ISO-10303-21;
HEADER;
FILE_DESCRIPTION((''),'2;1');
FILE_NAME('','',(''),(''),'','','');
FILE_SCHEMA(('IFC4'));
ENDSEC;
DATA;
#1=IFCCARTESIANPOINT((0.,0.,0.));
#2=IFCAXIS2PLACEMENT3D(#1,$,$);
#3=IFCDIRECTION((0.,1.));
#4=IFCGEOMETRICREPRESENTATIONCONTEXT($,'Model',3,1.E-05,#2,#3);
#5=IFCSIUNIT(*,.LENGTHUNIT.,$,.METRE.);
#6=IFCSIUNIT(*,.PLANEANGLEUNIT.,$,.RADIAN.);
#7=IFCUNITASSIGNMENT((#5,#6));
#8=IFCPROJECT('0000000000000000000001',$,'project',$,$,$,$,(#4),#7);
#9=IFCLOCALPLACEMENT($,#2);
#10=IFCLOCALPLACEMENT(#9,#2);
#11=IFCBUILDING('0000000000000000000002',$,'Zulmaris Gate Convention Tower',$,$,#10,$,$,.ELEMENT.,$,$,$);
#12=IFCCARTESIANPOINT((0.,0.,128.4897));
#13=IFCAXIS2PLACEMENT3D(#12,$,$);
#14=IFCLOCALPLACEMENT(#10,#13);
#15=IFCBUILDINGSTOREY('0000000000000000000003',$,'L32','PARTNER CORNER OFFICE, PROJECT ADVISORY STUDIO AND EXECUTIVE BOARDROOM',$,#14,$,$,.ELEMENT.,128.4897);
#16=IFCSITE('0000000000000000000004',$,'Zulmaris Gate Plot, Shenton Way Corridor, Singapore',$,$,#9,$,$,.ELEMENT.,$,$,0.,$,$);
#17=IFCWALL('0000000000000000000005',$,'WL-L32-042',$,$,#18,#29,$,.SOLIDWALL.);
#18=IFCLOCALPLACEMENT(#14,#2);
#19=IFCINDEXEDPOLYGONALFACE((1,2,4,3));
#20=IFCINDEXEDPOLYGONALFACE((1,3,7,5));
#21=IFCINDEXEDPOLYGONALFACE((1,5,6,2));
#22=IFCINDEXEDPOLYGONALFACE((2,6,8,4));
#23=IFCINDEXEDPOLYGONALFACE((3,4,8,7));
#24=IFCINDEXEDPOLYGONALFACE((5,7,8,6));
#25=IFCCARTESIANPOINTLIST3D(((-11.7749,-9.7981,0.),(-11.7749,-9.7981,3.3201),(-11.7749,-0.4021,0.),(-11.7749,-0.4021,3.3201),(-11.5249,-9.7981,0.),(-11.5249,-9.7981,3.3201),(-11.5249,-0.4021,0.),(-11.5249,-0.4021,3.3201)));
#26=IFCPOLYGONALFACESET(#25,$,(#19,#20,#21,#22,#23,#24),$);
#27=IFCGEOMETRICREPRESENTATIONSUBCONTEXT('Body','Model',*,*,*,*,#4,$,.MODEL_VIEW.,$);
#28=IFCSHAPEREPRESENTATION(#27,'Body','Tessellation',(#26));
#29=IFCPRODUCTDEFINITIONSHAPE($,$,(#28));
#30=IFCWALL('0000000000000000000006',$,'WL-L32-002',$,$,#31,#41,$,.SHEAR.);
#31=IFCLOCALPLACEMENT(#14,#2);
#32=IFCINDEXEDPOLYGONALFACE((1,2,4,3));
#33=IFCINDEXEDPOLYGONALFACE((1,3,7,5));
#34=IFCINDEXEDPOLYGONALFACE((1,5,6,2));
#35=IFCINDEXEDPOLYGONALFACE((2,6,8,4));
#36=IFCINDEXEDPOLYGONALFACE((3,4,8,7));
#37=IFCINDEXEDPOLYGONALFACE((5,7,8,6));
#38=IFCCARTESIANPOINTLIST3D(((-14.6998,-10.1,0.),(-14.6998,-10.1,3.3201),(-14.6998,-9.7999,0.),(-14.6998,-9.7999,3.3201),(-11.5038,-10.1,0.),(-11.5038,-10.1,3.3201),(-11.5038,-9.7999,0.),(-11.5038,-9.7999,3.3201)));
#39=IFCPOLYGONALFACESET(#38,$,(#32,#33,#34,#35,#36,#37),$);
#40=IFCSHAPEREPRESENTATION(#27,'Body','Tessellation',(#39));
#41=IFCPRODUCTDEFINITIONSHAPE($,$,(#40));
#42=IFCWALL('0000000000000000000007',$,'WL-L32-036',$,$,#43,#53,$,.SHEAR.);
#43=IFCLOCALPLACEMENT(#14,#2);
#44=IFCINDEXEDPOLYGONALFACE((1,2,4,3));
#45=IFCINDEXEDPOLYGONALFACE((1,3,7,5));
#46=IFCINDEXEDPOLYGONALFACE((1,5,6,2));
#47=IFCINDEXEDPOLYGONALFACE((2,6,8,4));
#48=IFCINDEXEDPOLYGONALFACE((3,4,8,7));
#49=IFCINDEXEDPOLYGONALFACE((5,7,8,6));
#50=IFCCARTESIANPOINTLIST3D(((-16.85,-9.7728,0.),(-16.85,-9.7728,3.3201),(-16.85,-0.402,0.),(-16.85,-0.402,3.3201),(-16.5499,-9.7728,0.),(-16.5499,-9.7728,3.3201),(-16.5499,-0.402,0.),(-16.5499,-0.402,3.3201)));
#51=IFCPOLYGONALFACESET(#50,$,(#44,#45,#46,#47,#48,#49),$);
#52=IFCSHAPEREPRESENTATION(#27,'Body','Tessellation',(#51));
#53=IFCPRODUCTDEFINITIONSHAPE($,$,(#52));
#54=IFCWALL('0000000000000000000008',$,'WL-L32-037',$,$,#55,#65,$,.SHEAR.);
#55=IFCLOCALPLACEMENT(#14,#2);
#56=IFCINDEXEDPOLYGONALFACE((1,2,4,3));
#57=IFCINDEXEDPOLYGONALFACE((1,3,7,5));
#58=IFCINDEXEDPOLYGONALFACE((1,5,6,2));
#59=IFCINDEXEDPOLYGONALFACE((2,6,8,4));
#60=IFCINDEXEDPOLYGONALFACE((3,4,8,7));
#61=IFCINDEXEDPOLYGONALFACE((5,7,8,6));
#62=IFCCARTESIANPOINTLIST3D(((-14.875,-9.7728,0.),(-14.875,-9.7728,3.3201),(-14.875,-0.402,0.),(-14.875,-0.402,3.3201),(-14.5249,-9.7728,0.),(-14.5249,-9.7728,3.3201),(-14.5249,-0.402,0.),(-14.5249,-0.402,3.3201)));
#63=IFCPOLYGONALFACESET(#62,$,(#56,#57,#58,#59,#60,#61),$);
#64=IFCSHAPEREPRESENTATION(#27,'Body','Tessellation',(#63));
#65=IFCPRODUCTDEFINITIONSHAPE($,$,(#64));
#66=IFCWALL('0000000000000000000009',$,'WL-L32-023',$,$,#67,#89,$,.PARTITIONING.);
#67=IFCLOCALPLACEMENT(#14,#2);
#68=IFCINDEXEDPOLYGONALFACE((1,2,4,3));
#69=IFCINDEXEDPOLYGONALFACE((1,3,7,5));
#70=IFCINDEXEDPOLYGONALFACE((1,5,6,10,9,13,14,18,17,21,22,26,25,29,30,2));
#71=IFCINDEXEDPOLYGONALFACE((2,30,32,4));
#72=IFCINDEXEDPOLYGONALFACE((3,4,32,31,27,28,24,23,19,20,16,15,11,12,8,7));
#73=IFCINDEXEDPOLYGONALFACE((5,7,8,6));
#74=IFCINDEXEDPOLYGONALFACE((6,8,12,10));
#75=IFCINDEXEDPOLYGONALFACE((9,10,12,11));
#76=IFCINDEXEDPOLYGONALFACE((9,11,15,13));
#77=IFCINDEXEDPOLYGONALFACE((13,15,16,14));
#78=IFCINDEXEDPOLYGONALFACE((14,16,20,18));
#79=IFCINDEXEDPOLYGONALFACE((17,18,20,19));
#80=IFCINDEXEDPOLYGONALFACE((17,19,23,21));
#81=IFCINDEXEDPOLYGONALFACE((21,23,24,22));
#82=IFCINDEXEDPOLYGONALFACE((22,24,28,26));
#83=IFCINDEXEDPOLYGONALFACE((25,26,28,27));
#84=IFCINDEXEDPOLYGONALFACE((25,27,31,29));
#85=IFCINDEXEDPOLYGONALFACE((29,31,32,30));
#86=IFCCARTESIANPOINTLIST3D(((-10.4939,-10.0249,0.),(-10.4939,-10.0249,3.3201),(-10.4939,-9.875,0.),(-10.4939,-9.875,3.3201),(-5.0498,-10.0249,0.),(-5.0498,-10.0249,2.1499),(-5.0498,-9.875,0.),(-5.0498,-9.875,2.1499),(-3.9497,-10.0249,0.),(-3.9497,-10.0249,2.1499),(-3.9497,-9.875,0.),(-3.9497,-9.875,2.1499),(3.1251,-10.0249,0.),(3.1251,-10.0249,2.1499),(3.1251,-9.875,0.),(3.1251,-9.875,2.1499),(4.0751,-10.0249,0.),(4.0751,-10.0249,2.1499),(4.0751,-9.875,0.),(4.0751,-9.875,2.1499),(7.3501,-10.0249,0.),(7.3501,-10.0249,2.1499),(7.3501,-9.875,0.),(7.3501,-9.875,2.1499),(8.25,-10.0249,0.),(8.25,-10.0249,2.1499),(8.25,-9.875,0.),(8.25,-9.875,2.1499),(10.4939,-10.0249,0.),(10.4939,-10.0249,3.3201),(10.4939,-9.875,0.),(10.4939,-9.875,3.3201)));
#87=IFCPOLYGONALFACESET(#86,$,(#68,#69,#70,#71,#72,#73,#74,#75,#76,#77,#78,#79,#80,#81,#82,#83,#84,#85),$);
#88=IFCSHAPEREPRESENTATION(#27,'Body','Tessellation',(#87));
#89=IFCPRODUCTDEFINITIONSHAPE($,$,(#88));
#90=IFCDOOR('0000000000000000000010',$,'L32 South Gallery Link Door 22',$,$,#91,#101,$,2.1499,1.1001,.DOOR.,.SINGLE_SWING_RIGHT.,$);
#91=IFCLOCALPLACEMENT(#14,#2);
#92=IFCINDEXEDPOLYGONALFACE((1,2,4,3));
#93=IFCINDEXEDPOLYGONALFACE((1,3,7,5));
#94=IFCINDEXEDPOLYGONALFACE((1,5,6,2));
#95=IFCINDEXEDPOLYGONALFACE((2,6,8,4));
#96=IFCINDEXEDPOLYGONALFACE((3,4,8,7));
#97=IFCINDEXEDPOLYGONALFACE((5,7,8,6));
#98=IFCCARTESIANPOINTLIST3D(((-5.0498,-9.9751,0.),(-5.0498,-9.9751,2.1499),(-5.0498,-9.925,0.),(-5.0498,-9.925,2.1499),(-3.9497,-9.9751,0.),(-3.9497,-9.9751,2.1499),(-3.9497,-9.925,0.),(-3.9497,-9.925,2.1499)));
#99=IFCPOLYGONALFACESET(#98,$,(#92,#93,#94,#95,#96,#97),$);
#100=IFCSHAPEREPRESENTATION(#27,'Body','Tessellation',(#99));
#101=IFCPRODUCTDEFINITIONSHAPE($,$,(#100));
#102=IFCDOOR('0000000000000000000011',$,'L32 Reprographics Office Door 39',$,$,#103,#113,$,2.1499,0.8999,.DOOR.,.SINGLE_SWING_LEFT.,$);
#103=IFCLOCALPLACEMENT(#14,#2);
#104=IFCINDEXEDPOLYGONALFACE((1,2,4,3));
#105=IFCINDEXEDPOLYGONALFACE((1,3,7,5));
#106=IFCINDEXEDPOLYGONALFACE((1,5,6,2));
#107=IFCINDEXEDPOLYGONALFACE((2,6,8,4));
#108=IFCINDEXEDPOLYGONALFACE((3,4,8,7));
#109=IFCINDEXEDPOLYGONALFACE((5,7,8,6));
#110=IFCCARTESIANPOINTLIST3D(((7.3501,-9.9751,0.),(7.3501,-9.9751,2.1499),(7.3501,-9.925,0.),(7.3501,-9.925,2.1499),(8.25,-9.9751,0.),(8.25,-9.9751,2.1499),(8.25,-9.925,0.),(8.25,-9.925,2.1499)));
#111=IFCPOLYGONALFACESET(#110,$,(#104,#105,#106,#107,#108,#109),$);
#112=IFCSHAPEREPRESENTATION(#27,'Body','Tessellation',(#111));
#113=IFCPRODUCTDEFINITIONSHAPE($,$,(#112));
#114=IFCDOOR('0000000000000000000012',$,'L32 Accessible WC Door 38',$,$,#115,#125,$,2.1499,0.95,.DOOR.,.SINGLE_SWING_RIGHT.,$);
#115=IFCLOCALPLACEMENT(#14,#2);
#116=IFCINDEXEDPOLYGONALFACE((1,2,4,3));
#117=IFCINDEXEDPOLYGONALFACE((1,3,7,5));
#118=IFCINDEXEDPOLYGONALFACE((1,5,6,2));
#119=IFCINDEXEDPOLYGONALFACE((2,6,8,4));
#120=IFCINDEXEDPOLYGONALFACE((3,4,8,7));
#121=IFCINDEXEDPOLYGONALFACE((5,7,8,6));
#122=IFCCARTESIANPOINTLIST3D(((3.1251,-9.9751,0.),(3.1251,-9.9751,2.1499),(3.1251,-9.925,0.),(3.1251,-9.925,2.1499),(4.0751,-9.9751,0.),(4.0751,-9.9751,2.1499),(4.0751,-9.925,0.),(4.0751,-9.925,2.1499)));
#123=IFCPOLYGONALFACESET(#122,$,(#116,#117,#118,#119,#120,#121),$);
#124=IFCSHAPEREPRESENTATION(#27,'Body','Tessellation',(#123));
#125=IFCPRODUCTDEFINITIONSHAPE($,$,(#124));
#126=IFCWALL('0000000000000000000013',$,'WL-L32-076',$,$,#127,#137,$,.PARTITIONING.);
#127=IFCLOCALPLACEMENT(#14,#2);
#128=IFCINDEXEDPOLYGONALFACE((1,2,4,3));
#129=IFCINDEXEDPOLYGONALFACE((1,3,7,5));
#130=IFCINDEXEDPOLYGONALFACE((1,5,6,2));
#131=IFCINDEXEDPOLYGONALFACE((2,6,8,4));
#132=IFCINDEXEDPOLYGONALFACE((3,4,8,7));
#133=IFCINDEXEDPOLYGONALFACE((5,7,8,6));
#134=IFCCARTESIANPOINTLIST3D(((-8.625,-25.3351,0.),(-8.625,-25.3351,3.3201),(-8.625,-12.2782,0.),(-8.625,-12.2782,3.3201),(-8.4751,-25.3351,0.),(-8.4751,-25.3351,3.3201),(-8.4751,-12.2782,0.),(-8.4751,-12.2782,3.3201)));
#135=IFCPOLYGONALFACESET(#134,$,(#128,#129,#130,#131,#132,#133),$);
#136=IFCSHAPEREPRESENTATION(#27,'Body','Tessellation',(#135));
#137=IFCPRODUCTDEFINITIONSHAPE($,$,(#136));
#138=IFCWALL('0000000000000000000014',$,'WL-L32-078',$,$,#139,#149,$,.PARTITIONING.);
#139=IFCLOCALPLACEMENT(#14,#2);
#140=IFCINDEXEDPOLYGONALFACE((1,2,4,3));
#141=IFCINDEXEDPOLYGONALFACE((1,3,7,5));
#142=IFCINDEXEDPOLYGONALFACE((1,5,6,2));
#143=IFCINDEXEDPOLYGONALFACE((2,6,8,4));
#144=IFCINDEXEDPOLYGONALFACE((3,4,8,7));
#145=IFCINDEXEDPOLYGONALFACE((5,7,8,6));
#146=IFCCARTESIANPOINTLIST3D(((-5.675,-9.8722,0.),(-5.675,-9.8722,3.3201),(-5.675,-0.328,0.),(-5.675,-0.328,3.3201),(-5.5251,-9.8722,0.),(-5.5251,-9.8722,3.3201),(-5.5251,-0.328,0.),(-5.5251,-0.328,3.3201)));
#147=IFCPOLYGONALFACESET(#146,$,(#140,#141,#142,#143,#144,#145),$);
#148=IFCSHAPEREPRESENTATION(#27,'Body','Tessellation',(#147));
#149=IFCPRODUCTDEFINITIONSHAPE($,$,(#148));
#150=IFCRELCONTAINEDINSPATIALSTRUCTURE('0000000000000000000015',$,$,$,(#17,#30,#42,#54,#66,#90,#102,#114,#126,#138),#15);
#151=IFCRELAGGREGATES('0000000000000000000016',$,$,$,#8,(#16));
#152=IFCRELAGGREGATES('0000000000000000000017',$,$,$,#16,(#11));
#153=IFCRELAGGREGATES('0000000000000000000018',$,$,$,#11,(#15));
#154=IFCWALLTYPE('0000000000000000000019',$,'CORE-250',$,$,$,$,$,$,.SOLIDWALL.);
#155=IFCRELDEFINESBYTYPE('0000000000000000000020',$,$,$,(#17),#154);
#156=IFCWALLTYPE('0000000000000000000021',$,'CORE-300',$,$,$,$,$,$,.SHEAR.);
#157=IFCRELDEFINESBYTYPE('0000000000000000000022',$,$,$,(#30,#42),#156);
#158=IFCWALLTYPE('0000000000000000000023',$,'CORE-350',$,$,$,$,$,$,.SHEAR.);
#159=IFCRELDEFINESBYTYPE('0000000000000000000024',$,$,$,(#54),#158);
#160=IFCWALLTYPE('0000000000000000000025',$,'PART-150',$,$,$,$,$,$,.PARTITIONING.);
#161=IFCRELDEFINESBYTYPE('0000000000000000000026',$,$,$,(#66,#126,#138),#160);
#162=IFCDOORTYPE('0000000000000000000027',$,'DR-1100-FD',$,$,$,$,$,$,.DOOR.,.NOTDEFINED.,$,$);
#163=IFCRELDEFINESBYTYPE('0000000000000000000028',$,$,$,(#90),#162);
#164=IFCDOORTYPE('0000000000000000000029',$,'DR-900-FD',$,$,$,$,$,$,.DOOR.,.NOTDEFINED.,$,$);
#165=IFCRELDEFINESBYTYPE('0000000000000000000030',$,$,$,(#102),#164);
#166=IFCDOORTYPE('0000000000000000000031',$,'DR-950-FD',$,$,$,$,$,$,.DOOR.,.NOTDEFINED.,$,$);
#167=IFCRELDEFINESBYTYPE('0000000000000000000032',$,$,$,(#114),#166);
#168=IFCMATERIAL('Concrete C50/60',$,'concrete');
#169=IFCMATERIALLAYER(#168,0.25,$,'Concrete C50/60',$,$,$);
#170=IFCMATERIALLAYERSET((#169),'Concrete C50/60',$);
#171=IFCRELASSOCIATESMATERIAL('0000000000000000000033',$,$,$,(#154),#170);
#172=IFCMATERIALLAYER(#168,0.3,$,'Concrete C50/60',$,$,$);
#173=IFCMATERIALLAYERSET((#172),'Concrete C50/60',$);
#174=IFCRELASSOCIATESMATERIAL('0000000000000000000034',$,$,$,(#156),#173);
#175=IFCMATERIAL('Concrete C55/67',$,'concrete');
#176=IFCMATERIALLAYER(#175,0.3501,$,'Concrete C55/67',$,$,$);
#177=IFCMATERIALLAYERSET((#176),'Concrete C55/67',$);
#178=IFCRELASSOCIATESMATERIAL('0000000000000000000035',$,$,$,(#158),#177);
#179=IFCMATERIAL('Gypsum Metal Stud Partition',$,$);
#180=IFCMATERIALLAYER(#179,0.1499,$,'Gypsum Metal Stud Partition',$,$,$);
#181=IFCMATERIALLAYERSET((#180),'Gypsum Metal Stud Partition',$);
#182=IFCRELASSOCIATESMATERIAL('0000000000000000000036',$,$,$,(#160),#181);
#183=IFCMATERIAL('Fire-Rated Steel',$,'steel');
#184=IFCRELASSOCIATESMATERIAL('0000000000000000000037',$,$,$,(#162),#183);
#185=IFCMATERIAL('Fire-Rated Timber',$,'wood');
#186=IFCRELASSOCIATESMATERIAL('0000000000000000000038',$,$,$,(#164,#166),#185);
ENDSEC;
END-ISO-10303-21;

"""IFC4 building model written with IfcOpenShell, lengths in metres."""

from ifc_helpers import new_model, si_unit, direction, frame, frame_2d, origin, place, context, subcontext, project, spatial, rectangle, extrude, material, layer, layer_set, type_object, element, fill, save


model = new_model("IFC4")

# Units and contexts
model_context = context("Model", 3, precision=1e-05, world=origin(), true_north=direction((0.0, 1.0)))
body_context = subcontext(model_context, "Body", "Model", "MODEL_VIEW")
ifc_project = project(units=[si_unit("LENGTHUNIT", "METRE"), si_unit("PLANEANGLEUNIT", "RADIAN")], contexts=[model_context])

# Site, building, storey
site_placement = place(None, origin())
site = spatial("IfcSite", under=ifc_project, at=site_placement, Name="Zulmaris Gate Plot, Shenton Way Corridor, Singapore", CompositionType="ELEMENT", RefElevation=0.0)
building_placement = place(site_placement, origin())
building = spatial("IfcBuilding", under=site, at=building_placement, Name="Zulmaris Gate Convention Tower", CompositionType="ELEMENT")
storey_placement = place(building_placement, frame((0.0, 0.0, 128.4897)))
storey = spatial("IfcBuildingStorey", under=building, at=storey_placement, Name="L32", Description="PARTNER CORNER OFFICE, PROJECT ADVISORY STUDIO AND EXECUTIVE BOARDROOM", CompositionType="ELEMENT", Elevation=128.4897)

# Walls
ifc_material_1 = material(Name="Concrete C50/60", Category="concrete")
ifc_layer_1 = layer(ifc_material_1, 0.25, Name="Concrete C50/60")
ifc_layer_set_1 = layer_set([ifc_layer_1], Name="Concrete C50/60")
wall_type_1 = type_object("IfcWallType", Name="CORE-250", PredefinedType="SOLIDWALL", material=ifc_layer_set_1)
wall_1_placement = place(storey_placement, frame((-11.6499, -9.7981, 0.0), z_axis=(0.0, 0.0, 1.0), x_axis=(0.0, 1.0, 0.0)))
element("IfcWall", 1, at=wall_1_placement, inside=storey, type_object=wall_type_1, Name="WL-L32-042", PredefinedType="SOLIDWALL", context=body_context, shape_type="SweptSolid", body=[
    extrude(rectangle(XDim=9.396, YDim=0.25, at=frame_2d((4.698, 0.0))), origin(), (0.0, 0.0, 1.0), 3.3201),
])
ifc_layer_2 = layer(ifc_material_1, 0.3, Name="Concrete C50/60")
ifc_layer_set_2 = layer_set([ifc_layer_2], Name="Concrete C50/60")
wall_type_2 = type_object("IfcWallType", Name="CORE-300", PredefinedType="SHEAR", material=ifc_layer_set_2)
wall_2_placement = place(storey_placement, frame((-14.7, -9.95, 0.0), z_axis=(0.0, 0.0, 1.0), x_axis=(1.0, 0.0, 0.0)))
element("IfcWall", 2, at=wall_2_placement, inside=storey, type_object=wall_type_2, Name="WL-L32-002", PredefinedType="SHEAR", context=body_context, shape_type="SweptSolid", body=[
    extrude(rectangle(XDim=3.196, YDim=0.3, at=frame_2d((1.5981, 0.0))), origin(), (0.0, 0.0, 1.0), 3.3201),
])
wall_3_placement = place(storey_placement, frame((-16.7, -9.7729, 0.0), z_axis=(0.0, 0.0, 1.0), x_axis=(0.0, 1.0, 0.0)))
element("IfcWall", 3, at=wall_3_placement, inside=storey, type_object=wall_type_2, Name="WL-L32-036", PredefinedType="SHEAR", context=body_context, shape_type="SweptSolid", body=[
    extrude(rectangle(XDim=9.3708, YDim=0.3, at=frame_2d((4.6855, 0.0))), origin(), (0.0, 0.0, 1.0), 3.3201),
])
ifc_material_2 = material(Name="Concrete C55/67", Category="concrete")
ifc_layer_3 = layer(ifc_material_2, 0.3501, Name="Concrete C55/67")
ifc_layer_set_3 = layer_set([ifc_layer_3], Name="Concrete C55/67")
wall_type_3 = type_object("IfcWallType", Name="CORE-350", PredefinedType="SHEAR", material=ifc_layer_set_3)
wall_4_placement = place(storey_placement, frame((-14.7, -9.7729, 0.0), z_axis=(0.0, 0.0, 1.0), x_axis=(0.0, 1.0, 0.0)))
element("IfcWall", 4, at=wall_4_placement, inside=storey, type_object=wall_type_3, Name="WL-L32-037", PredefinedType="SHEAR", context=body_context, shape_type="SweptSolid", body=[
    extrude(rectangle(XDim=9.3708, YDim=0.3501, at=frame_2d((4.6855, 0.0))), origin(), (0.0, 0.0, 1.0), 3.3201),
])

# Wall, openings, doors
ifc_material_3 = material(Name="Gypsum Metal Stud Partition")
ifc_layer_4 = layer(ifc_material_3, 0.1499, Name="Gypsum Metal Stud Partition")
ifc_layer_set_4 = layer_set([ifc_layer_4], Name="Gypsum Metal Stud Partition")
wall_type_4 = type_object("IfcWallType", Name="PART-150", PredefinedType="PARTITIONING", material=ifc_layer_set_4)
wall_5_placement = place(storey_placement, frame((-10.4939, -9.95, 0.0), z_axis=(0.0, 0.0, 1.0), x_axis=(1.0, 0.0, 0.0)))
wall_5 = element("IfcWall", 5, at=wall_5_placement, inside=storey, type_object=wall_type_4, Name="WL-L32-023", PredefinedType="PARTITIONING", context=body_context, shape_type="SweptSolid", body=[
    extrude(rectangle(XDim=20.9878, YDim=0.1499, at=frame_2d((10.4939, 0.0))), origin(), (0.0, 0.0, 1.0), 3.3201),
])
opening_1_placement = place(wall_5_placement, frame((5.4441, 0.0, 0.0)))
opening_1 = element("IfcOpeningElement", 6, at=opening_1_placement, cuts=wall_5, PredefinedType="OPENING", context=body_context, shape_type="SweptSolid", body=[
    extrude(rectangle(XDim=1.1001, YDim=2.1499, at=frame_2d((0.55, 1.075))), frame((0.0, 0.085, 0.0), z_axis=(0.0, -1.0, 0.0), x_axis=(1.0, 0.0, 0.0)), (0.0, 0.0, 1.0), 0.1699),
])
opening_2_placement = place(wall_5_placement, frame((13.6189, 0.0, 0.0)))
opening_2 = element("IfcOpeningElement", 7, at=opening_2_placement, cuts=wall_5, PredefinedType="OPENING", context=body_context, shape_type="SweptSolid", body=[
    extrude(rectangle(XDim=0.95, YDim=2.1499, at=frame_2d((0.4751, 1.075))), frame((0.0, 0.085, 0.0), z_axis=(0.0, -1.0, 0.0), x_axis=(1.0, 0.0, 0.0)), (0.0, 0.0, 1.0), 0.1699),
])
opening_3_placement = place(wall_5_placement, frame((17.844, 0.0, 0.0)))
opening_3 = element("IfcOpeningElement", 8, at=opening_3_placement, cuts=wall_5, PredefinedType="OPENING", context=body_context, shape_type="SweptSolid", body=[
    extrude(rectangle(XDim=0.8999, YDim=2.1499, at=frame_2d((0.45, 1.075))), frame((0.0, 0.085, 0.0), z_axis=(0.0, -1.0, 0.0), x_axis=(1.0, 0.0, 0.0)), (0.0, 0.0, 1.0), 0.1699),
])
ifc_material_4 = material(Name="Fire-Rated Steel", Category="steel")
door_type_1 = type_object("IfcDoorType", Name="DR-1100-FD", OperationType="NOTDEFINED", PredefinedType="DOOR", material=ifc_material_4)
door_1_placement = place(opening_1_placement, origin())
door_1 = element("IfcDoor", 9, at=door_1_placement, inside=storey, type_object=door_type_1, Name="L32 South Gallery Link Door 22", OperationType="SINGLE_SWING_RIGHT", OverallHeight=2.1499, OverallWidth=1.1001, PredefinedType="DOOR", context=body_context, shape_type="SweptSolid", body=[
    extrude(rectangle(XDim=1.1001, YDim=2.1499, at=frame_2d((0.55, 1.075))), frame((0.0, 0.0249, 0.0), z_axis=(0.0, -1.0, 0.0), x_axis=(1.0, 0.0, 0.0)), (0.0, 0.0, 1.0), 0.05),
])
fill(opening_1, door_1)
ifc_material_5 = material(Name="Fire-Rated Timber", Category="wood")
door_type_2 = type_object("IfcDoorType", Name="DR-900-FD", OperationType="NOTDEFINED", PredefinedType="DOOR", material=ifc_material_5)
door_2_placement = place(opening_3_placement, origin())
door_2 = element("IfcDoor", 10, at=door_2_placement, inside=storey, type_object=door_type_2, Name="L32 Reprographics Office Door 39", OperationType="SINGLE_SWING_LEFT", OverallHeight=2.1499, OverallWidth=0.8999, PredefinedType="DOOR", context=body_context, shape_type="SweptSolid", body=[
    extrude(rectangle(XDim=0.8999, YDim=2.1499, at=frame_2d((0.45, 1.075))), frame((0.0, 0.0249, 0.0), z_axis=(0.0, -1.0, 0.0), x_axis=(1.0, 0.0, 0.0)), (0.0, 0.0, 1.0), 0.05),
])
fill(opening_3, door_2)
door_type_3 = type_object("IfcDoorType", Name="DR-950-FD", OperationType="NOTDEFINED", PredefinedType="DOOR", material=ifc_material_5)
door_3_placement = place(opening_2_placement, origin())
door_3 = element("IfcDoor", 11, at=door_3_placement, inside=storey, type_object=door_type_3, Name="L32 Accessible WC Door 38", OperationType="SINGLE_SWING_RIGHT", OverallHeight=2.1499, OverallWidth=0.95, PredefinedType="DOOR", context=body_context, shape_type="SweptSolid", body=[
    extrude(rectangle(XDim=0.95, YDim=2.1499, at=frame_2d((0.4751, 1.075))), frame((0.0, 0.0249, 0.0), z_axis=(0.0, -1.0, 0.0), x_axis=(1.0, 0.0, 0.0)), (0.0, 0.0, 1.0), 0.05),
])
fill(opening_2, door_3)

# Walls
wall_6_placement = place(storey_placement, frame((-8.55, -25.335, 0.0), z_axis=(0.0, 0.0, 1.0), x_axis=(0.0, 1.0, 0.0)))
element("IfcWall", 12, at=wall_6_placement, inside=storey, type_object=wall_type_4, Name="WL-L32-076", PredefinedType="PARTITIONING", context=body_context, shape_type="SweptSolid", body=[
    extrude(rectangle(XDim=13.0569, YDim=0.1499, at=frame_2d((6.5283, 0.0))), origin(), (0.0, 0.0, 1.0), 3.3201),
])
wall_7_placement = place(storey_placement, frame((-5.6001, -9.8721, 0.0), z_axis=(0.0, 0.0, 1.0), x_axis=(0.0, 1.0, 0.0)))
element("IfcWall", 13, at=wall_7_placement, inside=storey, type_object=wall_type_4, Name="WL-L32-078", PredefinedType="PARTITIONING", context=body_context, shape_type="SweptSolid", body=[
    extrude(rectangle(XDim=9.5442, YDim=0.1499, at=frame_2d((4.772, 0.0))), origin(), (0.0, 0.0, 1.0), 3.3201),
])

save(model, "model.ifc")
